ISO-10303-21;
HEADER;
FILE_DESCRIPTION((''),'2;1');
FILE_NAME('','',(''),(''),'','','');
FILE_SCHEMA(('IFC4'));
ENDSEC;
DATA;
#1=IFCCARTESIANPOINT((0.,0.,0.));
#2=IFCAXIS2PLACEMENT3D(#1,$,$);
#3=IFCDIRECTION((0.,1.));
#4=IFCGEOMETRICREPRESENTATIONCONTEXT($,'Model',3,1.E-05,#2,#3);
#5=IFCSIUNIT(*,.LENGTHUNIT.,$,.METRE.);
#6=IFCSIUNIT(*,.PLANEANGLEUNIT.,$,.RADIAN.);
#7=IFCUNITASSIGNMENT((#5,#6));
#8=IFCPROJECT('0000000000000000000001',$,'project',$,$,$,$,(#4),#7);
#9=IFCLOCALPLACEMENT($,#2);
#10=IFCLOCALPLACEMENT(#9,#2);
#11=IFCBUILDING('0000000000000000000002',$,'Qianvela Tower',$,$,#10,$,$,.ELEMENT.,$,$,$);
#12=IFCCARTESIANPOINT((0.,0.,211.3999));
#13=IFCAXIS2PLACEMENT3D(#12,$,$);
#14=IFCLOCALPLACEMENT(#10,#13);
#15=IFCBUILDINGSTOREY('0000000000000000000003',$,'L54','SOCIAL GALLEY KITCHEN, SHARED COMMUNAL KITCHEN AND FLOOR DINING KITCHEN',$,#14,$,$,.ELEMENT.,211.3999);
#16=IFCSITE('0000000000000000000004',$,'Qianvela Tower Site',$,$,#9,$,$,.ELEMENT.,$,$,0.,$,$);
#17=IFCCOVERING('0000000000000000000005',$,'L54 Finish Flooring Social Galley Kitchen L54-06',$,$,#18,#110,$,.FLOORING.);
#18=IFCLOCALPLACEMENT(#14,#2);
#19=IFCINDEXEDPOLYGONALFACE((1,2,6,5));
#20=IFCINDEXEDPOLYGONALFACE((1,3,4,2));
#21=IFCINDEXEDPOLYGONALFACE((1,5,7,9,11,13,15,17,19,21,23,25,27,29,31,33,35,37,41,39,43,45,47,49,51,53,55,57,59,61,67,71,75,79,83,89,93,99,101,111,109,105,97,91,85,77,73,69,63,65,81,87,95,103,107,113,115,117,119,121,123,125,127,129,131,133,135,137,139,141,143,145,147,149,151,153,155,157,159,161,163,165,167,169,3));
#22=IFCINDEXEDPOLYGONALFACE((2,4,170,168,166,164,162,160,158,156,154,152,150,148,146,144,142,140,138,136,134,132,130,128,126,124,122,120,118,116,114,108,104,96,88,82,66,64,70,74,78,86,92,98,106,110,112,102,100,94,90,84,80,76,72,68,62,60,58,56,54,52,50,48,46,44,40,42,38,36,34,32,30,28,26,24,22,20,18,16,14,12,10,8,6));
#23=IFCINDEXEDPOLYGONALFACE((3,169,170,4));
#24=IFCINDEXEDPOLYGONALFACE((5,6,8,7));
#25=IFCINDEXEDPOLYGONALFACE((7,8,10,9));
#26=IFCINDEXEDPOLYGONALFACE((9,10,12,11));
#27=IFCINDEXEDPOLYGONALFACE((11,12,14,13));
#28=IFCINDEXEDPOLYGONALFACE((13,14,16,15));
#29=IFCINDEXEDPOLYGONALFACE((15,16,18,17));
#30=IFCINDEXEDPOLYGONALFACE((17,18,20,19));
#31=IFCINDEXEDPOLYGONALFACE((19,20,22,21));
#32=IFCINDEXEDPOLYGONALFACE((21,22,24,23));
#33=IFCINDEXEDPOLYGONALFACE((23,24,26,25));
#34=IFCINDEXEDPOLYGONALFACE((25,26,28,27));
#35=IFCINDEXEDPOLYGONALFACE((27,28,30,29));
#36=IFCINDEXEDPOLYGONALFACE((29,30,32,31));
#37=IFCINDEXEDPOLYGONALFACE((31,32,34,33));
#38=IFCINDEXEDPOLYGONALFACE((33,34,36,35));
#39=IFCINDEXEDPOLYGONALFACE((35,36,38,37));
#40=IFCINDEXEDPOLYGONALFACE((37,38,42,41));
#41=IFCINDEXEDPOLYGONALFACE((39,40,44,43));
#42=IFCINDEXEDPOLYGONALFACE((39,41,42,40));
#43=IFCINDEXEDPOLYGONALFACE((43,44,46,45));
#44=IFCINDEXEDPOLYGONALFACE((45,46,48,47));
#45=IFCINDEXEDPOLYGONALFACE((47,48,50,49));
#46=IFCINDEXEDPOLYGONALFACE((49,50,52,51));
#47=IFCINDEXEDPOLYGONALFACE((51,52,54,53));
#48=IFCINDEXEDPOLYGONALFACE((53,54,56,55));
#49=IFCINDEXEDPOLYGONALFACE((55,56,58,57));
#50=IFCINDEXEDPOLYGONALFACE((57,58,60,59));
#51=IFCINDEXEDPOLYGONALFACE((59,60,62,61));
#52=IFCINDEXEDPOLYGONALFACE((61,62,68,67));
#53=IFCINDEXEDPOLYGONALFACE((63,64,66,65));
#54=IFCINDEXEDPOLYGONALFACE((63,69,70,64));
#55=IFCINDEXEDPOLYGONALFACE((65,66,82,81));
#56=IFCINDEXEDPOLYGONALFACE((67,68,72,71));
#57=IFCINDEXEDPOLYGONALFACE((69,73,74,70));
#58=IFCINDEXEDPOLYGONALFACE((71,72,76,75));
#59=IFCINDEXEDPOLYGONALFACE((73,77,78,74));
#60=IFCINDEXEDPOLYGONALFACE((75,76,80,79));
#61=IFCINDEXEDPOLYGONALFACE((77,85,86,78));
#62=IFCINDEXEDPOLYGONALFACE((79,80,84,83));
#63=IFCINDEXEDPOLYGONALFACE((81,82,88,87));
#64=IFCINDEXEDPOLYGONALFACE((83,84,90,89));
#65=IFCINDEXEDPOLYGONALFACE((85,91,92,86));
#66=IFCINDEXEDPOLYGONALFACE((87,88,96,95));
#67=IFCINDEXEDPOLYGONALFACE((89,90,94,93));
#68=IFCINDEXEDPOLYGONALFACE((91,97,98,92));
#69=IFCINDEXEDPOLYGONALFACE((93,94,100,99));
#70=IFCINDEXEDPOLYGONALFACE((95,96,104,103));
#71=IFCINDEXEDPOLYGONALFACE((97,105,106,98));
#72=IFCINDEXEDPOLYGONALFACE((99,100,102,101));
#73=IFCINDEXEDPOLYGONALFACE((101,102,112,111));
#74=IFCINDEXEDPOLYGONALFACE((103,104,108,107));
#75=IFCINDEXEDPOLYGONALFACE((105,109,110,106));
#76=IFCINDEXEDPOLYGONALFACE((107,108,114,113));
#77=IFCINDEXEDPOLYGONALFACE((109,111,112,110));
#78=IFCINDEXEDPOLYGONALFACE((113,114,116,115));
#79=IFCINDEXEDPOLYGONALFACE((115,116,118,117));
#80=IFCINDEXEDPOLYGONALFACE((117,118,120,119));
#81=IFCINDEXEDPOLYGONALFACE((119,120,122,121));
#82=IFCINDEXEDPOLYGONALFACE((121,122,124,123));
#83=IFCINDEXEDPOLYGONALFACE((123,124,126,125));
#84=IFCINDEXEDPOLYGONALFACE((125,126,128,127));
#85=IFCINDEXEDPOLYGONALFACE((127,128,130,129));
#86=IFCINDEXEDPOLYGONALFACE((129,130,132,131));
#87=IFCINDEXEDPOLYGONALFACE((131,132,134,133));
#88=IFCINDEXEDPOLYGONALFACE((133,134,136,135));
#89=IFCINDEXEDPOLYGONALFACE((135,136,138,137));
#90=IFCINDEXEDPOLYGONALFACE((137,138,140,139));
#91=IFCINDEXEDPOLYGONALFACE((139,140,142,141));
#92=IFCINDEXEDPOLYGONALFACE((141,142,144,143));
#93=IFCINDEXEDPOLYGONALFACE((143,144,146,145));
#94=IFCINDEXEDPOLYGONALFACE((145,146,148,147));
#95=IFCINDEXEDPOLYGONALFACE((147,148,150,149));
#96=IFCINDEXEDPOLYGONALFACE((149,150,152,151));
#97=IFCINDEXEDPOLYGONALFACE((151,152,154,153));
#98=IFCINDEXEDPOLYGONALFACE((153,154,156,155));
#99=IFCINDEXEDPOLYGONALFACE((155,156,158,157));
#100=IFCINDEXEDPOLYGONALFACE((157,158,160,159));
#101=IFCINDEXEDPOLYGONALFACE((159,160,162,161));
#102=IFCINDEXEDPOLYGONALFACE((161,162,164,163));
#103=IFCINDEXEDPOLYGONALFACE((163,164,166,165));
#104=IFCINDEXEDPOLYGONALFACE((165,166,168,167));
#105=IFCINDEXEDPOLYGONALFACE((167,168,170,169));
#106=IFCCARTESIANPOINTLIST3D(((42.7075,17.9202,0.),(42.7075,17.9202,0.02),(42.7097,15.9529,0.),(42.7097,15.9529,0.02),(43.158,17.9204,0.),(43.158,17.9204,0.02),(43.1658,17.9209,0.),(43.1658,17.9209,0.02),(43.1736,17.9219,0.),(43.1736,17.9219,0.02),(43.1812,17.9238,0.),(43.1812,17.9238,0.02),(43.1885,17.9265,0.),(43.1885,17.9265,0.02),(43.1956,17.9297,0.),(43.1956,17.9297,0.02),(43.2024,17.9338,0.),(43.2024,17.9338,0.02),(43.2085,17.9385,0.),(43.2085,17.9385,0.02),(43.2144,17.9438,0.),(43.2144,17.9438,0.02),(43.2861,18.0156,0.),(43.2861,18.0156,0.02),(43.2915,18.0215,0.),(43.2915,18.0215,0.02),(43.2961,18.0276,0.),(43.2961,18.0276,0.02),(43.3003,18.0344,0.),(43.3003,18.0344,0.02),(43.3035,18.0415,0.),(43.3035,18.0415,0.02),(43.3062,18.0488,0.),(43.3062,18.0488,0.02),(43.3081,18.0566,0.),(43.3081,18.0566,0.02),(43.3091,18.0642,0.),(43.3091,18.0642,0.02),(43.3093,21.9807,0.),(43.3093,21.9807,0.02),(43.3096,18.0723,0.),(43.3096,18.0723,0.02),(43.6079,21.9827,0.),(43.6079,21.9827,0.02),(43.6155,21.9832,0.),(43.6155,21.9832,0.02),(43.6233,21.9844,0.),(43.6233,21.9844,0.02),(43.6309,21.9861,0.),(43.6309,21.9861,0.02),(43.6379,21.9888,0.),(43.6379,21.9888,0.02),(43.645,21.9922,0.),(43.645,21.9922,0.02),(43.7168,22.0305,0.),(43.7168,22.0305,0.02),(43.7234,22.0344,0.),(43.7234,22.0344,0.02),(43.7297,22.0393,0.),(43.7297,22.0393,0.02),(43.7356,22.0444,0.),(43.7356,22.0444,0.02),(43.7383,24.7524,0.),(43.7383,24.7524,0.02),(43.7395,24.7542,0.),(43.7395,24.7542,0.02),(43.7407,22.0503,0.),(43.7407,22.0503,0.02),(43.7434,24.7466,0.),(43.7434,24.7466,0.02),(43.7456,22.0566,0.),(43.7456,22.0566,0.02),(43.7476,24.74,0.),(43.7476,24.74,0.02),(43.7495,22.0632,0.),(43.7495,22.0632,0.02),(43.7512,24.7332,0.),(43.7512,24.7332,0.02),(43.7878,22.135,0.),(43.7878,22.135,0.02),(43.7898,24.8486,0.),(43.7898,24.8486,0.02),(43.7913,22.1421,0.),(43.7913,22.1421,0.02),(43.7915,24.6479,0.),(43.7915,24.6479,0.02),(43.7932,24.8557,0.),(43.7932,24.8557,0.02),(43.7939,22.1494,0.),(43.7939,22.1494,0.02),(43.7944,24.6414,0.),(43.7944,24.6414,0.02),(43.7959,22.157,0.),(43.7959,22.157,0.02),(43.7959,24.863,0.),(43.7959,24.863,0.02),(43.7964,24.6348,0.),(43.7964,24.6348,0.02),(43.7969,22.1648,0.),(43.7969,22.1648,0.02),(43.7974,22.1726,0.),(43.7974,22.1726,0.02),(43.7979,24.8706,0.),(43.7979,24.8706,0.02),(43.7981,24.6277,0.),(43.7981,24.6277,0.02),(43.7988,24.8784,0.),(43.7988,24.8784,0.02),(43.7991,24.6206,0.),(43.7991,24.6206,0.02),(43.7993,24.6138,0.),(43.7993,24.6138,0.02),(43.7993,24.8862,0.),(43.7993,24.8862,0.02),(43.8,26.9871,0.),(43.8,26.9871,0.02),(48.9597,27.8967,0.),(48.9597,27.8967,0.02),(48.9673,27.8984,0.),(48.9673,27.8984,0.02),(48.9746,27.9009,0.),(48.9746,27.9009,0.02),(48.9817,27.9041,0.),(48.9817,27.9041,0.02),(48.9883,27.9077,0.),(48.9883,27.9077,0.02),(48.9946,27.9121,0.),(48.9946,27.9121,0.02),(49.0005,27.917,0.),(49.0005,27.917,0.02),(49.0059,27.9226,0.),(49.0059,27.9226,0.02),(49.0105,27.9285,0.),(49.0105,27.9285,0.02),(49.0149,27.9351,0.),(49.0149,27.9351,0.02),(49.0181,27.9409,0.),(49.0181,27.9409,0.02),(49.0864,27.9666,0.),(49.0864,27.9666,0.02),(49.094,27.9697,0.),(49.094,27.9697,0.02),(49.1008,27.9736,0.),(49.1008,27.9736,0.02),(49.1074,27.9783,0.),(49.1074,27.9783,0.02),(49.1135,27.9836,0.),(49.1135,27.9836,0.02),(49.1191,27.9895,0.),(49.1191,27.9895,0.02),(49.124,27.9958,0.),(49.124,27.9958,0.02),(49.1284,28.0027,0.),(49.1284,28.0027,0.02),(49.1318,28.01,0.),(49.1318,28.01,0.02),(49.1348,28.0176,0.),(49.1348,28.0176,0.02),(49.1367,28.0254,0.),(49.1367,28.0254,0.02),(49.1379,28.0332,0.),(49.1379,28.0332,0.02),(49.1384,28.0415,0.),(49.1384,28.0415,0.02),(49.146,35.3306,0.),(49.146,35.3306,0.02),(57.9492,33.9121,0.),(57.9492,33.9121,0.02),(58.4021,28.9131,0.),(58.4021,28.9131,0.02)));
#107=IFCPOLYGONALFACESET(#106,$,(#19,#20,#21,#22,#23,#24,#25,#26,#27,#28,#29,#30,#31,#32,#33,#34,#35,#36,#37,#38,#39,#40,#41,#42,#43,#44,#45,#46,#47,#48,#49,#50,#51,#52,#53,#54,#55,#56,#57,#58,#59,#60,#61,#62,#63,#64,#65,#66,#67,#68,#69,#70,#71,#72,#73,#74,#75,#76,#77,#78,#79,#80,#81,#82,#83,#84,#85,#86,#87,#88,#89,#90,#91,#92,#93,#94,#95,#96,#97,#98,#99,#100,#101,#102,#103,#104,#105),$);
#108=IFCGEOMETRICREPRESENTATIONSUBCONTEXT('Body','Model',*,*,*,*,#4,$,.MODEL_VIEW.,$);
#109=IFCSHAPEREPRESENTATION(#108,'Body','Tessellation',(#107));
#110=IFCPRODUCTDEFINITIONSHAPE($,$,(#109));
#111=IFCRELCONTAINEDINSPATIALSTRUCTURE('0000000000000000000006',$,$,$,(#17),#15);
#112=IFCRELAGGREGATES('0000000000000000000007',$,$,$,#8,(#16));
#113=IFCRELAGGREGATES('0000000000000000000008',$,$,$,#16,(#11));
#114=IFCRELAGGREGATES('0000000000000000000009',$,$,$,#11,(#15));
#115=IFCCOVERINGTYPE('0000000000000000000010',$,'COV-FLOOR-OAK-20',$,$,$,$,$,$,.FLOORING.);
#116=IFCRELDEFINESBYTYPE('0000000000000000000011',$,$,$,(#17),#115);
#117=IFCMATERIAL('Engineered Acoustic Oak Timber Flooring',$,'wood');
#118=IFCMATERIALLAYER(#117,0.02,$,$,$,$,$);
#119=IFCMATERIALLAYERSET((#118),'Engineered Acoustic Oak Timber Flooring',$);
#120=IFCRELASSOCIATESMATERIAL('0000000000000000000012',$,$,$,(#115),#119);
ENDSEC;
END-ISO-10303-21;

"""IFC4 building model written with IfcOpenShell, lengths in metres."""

from ifc_helpers import new_model, si_unit, direction, frame, origin, place, context, subcontext, project, spatial, polyline, outline, extrude, material, layer, layer_set, type_object, element, save


model = new_model("IFC4")

# Units and contexts
model_context = context("Model", 3, precision=1e-05, world=origin(), true_north=direction((0.0, 1.0)))
body_context = subcontext(model_context, "Body", "Model", "MODEL_VIEW")
ifc_project = project(units=[si_unit("LENGTHUNIT", "METRE"), si_unit("PLANEANGLEUNIT", "RADIAN")], contexts=[model_context])

# Site, building, storey
site_placement = place(None, origin())
site = spatial("IfcSite", under=ifc_project, at=site_placement, Name="Qianvela Tower Site", CompositionType="ELEMENT", RefElevation=0.0)
building_placement = place(site_placement, origin())
building = spatial("IfcBuilding", under=site, at=building_placement, Name="Qianvela Tower", CompositionType="ELEMENT")
storey_placement = place(building_placement, frame((0.0, 0.0, 211.3999)))
storey = spatial("IfcBuildingStorey", under=building, at=storey_placement, Name="L54", Description="SOCIAL GALLEY KITCHEN, SHARED COMMUNAL KITCHEN AND FLOOR DINING KITCHEN", CompositionType="ELEMENT", Elevation=211.3999)

# Covering
ifc_material_1 = material(Name="Engineered Acoustic Oak Timber Flooring", Category="wood")
ifc_layer_1 = layer(ifc_material_1, 0.02)
ifc_layer_set_1 = layer_set([ifc_layer_1], Name="Engineered Acoustic Oak Timber Flooring")
covering_type_1 = type_object("IfcCoveringType", Name="COV-FLOOR-OAK-20", PredefinedType="FLOORING", material=ifc_layer_set_1)
covering_1_placement = place(storey_placement, origin())
element("IfcCovering", 1, at=covering_1_placement, inside=storey, type_object=covering_type_1, Name="L54 Finish Flooring Social Galley Kitchen L54-06", PredefinedType="FLOORING", context=body_context, shape_type="SweptSolid", body=[
    extrude(outline(polyline([(43.7383, 24.7524), (43.7395, 24.7542), (43.7898, 24.8486), (43.7932, 24.8557), (43.7959, 24.863), (43.7979, 24.8706), (43.7988, 24.8784), (43.7993, 24.8862), (43.8, 26.9871), (48.9597, 27.8967), (48.9673, 27.8984), (48.9746, 27.9009), (48.9817, 27.9041), (48.9883, 27.9077), (48.9946, 27.9121), (49.0005, 27.917), (49.0059, 27.9226), (49.0105, 27.9285), (49.0149, 27.9351), (49.0181, 27.9409), (49.0864, 27.9666), (49.094, 27.9697), (49.1008, 27.9736), (49.1074, 27.9783), (49.1135, 27.9836), (49.1191, 27.9895), (49.124, 27.9958), (49.1284, 28.0027), (49.1318, 28.01), (49.1348, 28.0176), (49.1367, 28.0254), (49.1379, 28.0332), (49.1384, 28.0415), (49.146, 35.3306), (57.9492, 33.9121), (58.4021, 28.9131), (42.7097, 15.9529), (42.7075, 17.9202), (43.158, 17.9204), (43.1658, 17.9209), (43.1736, 17.9219), (43.1812, 17.9238), (43.1885, 17.9265), (43.1956, 17.9297), (43.2024, 17.9338), (43.2085, 17.9385), (43.2144, 17.9438), (43.2861, 18.0156), (43.2915, 18.0215), (43.2961, 18.0276), (43.3003, 18.0344), (43.3035, 18.0415), (43.3062, 18.0488), (43.3081, 18.0566), (43.3091, 18.0642), (43.3096, 18.0723), (43.3093, 21.9807), (43.6079, 21.9827), (43.6155, 21.9832), (43.6233, 21.9844), (43.6309, 21.9861), (43.6379, 21.9888), (43.645, 21.9922), (43.7168, 22.0305), (43.7234, 22.0344), (43.7297, 22.0393), (43.7356, 22.0444), (43.7407, 22.0503), (43.7456, 22.0566), (43.7495, 22.0632), (43.7878, 22.135), (43.7913, 22.1421), (43.7939, 22.1494), (43.7959, 22.157), (43.7969, 22.1648), (43.7974, 22.1726), (43.7993, 24.6138), (43.7991, 24.6206), (43.7981, 24.6277), (43.7964, 24.6348), (43.7944, 24.6414), (43.7915, 24.6479), (43.7512, 24.7332), (43.7476, 24.74), (43.7434, 24.7466), (43.7383, 24.7524)])), origin(), (0.0, 0.0, 1.0), 0.02),
])

save(model, "model.ifc")
